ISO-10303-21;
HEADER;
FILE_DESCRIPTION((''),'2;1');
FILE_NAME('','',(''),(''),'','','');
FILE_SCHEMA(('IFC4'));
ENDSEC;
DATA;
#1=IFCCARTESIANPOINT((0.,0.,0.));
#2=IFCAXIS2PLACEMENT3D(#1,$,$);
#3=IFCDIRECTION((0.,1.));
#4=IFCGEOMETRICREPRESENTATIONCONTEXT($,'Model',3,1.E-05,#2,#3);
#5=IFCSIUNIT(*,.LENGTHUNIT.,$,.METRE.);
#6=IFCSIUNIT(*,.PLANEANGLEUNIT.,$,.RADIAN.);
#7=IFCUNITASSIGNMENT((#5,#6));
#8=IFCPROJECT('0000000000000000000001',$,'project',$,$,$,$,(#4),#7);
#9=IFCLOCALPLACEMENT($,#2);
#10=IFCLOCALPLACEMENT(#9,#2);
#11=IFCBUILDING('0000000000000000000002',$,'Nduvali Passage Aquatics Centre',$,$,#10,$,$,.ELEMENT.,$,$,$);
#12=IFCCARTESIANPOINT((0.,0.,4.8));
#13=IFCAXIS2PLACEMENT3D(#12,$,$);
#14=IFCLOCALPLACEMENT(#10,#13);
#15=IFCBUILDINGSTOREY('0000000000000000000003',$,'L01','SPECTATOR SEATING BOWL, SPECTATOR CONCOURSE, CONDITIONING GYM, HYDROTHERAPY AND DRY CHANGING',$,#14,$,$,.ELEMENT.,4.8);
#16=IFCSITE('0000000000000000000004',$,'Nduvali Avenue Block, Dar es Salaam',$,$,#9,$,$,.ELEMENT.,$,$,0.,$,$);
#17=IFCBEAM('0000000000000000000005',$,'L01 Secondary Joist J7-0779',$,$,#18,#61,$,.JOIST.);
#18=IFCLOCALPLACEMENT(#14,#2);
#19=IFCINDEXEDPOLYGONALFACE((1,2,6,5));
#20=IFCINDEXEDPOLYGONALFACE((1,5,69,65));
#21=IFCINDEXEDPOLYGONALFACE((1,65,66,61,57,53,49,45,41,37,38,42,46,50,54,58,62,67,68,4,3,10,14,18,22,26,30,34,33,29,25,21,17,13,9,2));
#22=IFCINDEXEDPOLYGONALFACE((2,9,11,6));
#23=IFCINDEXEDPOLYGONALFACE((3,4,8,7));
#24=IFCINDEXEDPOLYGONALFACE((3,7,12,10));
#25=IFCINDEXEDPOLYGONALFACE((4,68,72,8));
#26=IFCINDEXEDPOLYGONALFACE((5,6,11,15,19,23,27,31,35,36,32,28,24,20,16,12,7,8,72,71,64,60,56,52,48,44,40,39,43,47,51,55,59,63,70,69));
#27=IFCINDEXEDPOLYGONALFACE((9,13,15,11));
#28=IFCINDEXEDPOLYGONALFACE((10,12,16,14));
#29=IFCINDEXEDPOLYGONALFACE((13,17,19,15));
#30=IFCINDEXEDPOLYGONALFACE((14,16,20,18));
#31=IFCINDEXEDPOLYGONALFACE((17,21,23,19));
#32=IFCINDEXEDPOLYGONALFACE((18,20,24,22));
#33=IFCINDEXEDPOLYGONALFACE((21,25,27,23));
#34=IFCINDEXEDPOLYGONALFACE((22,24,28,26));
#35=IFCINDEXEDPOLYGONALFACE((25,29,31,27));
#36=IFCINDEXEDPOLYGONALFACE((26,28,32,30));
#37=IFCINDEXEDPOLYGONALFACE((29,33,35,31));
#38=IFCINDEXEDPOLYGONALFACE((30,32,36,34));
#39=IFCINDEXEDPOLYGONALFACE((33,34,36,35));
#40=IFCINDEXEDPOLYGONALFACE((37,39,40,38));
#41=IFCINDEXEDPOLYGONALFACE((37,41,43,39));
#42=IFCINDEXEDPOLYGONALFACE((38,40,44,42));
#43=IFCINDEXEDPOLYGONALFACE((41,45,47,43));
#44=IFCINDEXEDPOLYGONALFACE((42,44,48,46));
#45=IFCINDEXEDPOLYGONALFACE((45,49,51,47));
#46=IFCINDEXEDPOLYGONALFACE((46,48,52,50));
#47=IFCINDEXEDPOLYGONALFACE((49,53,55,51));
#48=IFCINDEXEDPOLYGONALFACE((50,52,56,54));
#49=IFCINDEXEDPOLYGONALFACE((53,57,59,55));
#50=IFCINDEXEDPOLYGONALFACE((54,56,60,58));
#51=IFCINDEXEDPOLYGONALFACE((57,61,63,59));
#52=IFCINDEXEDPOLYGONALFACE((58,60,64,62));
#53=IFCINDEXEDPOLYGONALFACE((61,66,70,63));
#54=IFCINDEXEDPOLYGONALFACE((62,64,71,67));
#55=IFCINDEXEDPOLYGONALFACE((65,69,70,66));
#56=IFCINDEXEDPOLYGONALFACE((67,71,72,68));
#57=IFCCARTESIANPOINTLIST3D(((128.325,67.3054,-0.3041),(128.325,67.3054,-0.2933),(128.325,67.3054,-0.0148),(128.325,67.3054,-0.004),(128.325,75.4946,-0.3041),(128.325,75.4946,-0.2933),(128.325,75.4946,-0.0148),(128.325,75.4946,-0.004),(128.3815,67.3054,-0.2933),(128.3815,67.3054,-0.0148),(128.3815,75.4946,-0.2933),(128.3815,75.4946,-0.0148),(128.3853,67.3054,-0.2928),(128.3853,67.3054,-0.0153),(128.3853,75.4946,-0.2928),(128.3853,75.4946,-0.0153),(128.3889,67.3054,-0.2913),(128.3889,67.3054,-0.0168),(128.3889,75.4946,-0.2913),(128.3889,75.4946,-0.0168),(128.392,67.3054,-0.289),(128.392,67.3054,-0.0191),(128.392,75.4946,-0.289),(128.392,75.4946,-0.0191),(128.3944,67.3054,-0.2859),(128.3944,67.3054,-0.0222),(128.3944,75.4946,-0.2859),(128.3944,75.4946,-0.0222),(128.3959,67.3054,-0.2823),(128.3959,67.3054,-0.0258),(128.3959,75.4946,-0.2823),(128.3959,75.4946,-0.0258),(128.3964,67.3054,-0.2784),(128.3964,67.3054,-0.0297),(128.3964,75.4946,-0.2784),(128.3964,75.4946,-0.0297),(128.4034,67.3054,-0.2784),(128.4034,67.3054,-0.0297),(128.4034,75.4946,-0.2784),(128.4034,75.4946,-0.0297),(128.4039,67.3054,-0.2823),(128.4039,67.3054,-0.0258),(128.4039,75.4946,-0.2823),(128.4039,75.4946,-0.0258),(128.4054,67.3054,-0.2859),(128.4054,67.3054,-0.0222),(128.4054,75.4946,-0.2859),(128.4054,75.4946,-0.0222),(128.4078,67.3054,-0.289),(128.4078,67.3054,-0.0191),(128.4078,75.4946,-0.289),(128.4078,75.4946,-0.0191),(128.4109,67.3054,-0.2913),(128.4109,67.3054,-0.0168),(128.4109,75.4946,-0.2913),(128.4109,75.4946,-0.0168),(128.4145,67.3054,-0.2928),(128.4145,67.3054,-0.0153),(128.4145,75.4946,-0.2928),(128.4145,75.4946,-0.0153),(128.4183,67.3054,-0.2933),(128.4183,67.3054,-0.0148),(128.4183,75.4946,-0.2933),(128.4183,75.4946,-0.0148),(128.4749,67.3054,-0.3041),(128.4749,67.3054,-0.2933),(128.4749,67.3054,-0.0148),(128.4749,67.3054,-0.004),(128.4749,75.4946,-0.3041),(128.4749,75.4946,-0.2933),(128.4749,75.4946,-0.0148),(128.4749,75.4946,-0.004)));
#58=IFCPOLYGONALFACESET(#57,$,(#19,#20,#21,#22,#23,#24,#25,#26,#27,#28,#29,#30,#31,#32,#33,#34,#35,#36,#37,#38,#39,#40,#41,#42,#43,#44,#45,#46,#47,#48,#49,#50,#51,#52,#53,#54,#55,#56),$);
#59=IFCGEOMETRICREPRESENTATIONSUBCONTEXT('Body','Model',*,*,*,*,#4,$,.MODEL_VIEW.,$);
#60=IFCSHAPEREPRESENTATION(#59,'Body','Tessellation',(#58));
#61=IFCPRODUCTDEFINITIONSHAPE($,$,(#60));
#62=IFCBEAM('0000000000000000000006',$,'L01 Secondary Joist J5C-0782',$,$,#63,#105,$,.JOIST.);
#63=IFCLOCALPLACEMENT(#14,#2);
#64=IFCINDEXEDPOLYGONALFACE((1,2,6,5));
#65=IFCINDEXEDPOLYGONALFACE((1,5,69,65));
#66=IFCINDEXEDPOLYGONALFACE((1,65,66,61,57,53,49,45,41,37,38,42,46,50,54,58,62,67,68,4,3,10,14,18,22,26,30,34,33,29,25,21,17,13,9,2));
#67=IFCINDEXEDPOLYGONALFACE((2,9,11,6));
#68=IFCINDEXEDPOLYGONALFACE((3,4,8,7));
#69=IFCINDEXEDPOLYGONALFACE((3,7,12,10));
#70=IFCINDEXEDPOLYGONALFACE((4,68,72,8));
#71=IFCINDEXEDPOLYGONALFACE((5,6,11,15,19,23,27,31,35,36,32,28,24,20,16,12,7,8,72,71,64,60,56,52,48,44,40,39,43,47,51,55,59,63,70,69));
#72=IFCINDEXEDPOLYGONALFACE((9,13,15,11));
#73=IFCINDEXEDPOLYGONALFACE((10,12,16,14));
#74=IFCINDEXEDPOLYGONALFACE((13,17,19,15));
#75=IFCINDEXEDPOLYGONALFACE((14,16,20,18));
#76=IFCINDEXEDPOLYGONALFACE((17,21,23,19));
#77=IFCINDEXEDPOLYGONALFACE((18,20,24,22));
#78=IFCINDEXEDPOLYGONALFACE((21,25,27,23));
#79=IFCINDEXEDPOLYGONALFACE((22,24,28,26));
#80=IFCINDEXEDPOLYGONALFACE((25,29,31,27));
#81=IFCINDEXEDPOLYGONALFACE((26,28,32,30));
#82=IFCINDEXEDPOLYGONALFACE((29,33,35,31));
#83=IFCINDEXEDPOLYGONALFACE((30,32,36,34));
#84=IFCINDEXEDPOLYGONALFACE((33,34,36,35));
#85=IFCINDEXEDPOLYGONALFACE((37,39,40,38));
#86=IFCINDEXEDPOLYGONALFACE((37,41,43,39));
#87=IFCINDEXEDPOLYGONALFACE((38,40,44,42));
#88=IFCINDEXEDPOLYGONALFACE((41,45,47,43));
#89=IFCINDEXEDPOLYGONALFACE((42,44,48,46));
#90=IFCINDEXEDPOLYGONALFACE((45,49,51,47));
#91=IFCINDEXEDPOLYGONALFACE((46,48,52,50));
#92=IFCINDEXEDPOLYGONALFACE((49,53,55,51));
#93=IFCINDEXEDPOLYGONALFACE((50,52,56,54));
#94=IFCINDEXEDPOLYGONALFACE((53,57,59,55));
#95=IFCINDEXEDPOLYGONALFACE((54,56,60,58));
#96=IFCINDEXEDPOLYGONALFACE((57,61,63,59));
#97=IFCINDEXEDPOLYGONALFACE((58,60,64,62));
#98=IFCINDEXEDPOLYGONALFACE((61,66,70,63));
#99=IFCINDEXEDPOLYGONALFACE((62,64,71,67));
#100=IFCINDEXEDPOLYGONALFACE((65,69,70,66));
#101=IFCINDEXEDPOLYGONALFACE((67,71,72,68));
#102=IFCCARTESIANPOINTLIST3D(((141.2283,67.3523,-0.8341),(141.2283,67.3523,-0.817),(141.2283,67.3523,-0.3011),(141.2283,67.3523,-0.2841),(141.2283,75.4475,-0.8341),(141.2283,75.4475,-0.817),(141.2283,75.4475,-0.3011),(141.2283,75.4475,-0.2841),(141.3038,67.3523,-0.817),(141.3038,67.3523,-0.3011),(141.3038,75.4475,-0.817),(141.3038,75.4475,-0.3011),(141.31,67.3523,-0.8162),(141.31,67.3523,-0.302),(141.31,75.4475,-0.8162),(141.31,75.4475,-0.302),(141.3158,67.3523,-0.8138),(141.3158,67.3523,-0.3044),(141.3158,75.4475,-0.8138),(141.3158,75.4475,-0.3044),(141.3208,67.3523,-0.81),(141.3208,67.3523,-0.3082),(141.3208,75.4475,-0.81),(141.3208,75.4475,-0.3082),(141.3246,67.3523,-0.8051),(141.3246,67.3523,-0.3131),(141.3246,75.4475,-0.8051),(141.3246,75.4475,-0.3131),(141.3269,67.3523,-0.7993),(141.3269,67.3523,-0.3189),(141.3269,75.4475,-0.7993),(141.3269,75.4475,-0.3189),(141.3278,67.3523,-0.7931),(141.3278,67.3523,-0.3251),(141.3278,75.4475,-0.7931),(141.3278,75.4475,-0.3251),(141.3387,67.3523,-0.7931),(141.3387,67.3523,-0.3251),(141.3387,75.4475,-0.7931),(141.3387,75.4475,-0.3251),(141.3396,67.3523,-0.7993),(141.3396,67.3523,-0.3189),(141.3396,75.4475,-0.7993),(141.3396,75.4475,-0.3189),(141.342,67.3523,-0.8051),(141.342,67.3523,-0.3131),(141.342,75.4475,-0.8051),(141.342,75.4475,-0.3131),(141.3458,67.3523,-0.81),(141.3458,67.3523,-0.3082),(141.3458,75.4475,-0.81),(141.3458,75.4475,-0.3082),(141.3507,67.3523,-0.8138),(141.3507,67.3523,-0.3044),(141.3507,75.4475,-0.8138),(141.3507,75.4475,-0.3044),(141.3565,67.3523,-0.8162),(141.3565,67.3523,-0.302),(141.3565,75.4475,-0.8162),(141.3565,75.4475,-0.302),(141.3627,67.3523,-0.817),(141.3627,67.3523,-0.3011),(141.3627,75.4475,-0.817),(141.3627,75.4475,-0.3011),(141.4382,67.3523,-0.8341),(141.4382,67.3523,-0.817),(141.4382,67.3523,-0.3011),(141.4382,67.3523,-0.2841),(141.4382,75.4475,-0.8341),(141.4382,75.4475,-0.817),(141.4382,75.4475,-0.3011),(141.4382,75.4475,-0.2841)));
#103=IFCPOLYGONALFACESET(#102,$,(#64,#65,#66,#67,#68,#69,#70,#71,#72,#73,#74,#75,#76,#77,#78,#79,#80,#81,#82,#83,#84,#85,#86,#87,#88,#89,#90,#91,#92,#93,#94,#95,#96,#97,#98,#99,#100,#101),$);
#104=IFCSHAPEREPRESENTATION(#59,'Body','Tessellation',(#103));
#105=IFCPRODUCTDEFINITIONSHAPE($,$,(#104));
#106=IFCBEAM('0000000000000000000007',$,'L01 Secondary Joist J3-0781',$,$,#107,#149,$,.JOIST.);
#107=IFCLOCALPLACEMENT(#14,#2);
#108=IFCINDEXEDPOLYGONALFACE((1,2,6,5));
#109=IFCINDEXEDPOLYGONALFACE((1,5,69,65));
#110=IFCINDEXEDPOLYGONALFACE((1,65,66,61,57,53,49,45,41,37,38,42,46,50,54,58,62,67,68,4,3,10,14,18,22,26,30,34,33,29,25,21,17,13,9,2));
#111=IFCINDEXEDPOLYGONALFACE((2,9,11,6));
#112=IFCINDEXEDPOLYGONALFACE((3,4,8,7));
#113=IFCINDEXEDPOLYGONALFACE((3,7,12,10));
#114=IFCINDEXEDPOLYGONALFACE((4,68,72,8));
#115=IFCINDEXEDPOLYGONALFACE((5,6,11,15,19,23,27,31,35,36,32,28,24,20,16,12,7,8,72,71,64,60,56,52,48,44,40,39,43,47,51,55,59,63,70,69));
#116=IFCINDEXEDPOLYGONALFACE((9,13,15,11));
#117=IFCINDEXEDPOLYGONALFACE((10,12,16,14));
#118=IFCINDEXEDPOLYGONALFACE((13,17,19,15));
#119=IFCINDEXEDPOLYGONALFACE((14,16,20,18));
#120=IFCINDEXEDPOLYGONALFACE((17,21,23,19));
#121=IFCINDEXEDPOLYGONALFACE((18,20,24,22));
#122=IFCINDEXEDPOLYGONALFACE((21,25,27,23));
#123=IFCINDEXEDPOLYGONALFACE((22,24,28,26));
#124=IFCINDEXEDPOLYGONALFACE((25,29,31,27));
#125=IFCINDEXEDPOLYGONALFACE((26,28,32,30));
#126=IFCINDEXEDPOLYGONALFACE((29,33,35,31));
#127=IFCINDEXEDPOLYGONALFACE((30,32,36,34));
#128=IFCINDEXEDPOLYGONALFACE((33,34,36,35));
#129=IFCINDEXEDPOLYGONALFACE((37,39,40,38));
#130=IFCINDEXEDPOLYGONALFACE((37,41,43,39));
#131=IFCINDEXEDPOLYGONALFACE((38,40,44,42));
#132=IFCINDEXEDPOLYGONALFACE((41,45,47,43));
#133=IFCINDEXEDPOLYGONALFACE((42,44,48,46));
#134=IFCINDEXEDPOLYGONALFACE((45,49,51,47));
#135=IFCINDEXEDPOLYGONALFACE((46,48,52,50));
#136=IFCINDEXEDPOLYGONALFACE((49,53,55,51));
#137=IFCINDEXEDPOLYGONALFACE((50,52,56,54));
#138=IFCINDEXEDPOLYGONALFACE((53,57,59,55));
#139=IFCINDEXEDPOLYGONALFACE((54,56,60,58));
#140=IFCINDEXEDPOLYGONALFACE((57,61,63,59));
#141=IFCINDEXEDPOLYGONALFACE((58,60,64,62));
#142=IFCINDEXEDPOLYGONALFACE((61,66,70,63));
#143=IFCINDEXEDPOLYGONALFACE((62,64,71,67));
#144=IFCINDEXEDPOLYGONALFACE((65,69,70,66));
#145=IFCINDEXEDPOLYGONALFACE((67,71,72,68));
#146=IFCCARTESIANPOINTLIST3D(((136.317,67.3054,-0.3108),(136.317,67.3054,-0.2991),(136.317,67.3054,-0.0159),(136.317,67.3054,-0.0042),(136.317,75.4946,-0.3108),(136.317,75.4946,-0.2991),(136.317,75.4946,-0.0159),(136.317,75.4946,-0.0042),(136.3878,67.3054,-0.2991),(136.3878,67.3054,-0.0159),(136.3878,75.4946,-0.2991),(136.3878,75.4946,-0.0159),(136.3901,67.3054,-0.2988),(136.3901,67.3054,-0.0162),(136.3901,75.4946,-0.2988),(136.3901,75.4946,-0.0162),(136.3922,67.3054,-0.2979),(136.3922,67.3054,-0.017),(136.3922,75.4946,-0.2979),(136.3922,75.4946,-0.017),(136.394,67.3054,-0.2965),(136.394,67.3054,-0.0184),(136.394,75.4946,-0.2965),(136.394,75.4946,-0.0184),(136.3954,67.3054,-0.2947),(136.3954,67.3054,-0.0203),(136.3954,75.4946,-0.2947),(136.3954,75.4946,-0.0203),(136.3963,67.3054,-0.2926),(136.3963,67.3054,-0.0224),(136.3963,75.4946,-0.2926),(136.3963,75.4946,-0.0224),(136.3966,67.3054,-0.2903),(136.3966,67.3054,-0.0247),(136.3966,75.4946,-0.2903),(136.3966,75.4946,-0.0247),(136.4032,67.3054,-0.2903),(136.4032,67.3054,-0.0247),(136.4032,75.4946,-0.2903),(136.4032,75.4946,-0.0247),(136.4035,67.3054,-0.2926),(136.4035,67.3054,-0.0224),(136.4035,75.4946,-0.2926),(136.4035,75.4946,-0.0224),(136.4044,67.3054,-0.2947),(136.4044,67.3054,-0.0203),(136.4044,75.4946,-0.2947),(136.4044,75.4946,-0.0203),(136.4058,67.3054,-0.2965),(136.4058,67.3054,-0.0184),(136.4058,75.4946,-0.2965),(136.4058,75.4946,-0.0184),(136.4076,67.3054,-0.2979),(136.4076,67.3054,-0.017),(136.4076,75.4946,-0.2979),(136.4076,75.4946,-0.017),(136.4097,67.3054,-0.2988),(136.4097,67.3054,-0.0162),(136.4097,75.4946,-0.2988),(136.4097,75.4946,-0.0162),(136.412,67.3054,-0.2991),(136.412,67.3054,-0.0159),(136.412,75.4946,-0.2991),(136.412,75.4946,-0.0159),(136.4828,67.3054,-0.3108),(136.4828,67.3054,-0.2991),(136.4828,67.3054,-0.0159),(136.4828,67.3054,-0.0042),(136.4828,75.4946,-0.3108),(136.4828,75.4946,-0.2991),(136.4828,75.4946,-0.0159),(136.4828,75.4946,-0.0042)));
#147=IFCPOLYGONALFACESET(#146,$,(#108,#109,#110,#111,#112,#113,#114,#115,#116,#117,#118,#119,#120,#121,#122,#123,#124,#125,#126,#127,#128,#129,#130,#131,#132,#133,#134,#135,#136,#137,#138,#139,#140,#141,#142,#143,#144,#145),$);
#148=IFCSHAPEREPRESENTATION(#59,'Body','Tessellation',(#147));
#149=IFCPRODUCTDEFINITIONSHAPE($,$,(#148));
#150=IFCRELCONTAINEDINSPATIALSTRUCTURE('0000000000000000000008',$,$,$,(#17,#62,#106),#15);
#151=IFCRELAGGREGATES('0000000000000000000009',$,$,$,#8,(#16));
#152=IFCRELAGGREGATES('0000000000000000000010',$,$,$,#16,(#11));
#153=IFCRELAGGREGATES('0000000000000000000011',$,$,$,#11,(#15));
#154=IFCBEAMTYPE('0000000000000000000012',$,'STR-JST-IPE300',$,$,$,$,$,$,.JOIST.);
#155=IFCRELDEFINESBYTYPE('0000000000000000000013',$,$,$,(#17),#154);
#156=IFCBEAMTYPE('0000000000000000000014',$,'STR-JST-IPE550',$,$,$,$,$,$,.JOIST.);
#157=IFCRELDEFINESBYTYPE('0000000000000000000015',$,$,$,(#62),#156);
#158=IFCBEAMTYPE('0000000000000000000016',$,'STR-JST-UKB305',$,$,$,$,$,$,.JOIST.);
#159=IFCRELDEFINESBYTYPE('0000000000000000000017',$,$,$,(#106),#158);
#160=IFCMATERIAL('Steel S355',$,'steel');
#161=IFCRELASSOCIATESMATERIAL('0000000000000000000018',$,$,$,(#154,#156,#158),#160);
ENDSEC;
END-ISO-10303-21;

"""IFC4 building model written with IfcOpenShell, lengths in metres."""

from ifc_helpers import new_model, si_unit, direction, frame, origin, origin_2d, place, context, subcontext, project, spatial, i_section, extrude, material, material_profile, profile_set, type_object, element, save


model = new_model("IFC4")

# Units and contexts
model_context = context("Model", 3, precision=1e-05, world=origin(), true_north=direction((0.0, 1.0)))
body_context = subcontext(model_context, "Body", "Model", "MODEL_VIEW")
ifc_project = project(units=[si_unit("LENGTHUNIT", "METRE"), si_unit("PLANEANGLEUNIT", "RADIAN")], contexts=[model_context])

# Site, building, storey
site_placement = place(None, origin())
site = spatial("IfcSite", under=ifc_project, at=site_placement, Name="Nduvali Avenue Block, Dar es Salaam", CompositionType="ELEMENT", RefElevation=0.0)
building_placement = place(site_placement, origin())
building = spatial("IfcBuilding", under=site, at=building_placement, Name="Nduvali Passage Aquatics Centre", CompositionType="ELEMENT")
storey_placement = place(building_placement, frame((0.0, 0.0, 4.8)))
storey = spatial("IfcBuildingStorey", under=building, at=storey_placement, Name="L01", Description="SPECTATOR SEATING BOWL, SPECTATOR CONCOURSE, CONDITIONING GYM, HYDROTHERAPY AND DRY CHANGING", CompositionType="ELEMENT", Elevation=4.8)

# Shared definitions
ifc_material_1 = material(Name="Steel S355", Category="steel")

# Beams
ifc_material_profile_1 = material_profile(ifc_material_1, i_section(OverallWidth=0.1499, OverallDepth=0.3, WebThickness=0.0071, FlangeThickness=0.0107, FilletRadius=0.0149, at=origin_2d()), Name="IPE 300")
ifc_profile_set_1 = profile_set([ifc_material_profile_1], Name="Steel S355")
beam_type_1 = type_object("IfcBeamType", Name="STR-JST-IPE300", PredefinedType="JOIST", material=ifc_profile_set_1)
beam_1_placement = place(storey_placement, frame((128.3999, 67.3054, -0.1541), z_axis=(0.0, 1.0, 0.0), x_axis=(-1.0, 0.0, 0.0)))
element("IfcBeam", 1, at=beam_1_placement, inside=storey, type_object=beam_type_1, Name="L01 Secondary Joist J7-0779", PredefinedType="JOIST", context=body_context, shape_type="SweptSolid", body=[
    extrude(i_section(OverallWidth=0.1499, OverallDepth=0.3, WebThickness=0.0071, FlangeThickness=0.0107, FilletRadius=0.0149, at=origin_2d()), origin(), (0.0, 0.0, 1.0), 8.1892),
])
ifc_material_profile_2 = material_profile(ifc_material_1, i_section(OverallWidth=0.21, OverallDepth=0.55, WebThickness=0.011, FlangeThickness=0.0171, FilletRadius=0.0239, at=origin_2d()), Name="IPE 550")
ifc_profile_set_2 = profile_set([ifc_material_profile_2], Name="Steel S355")
beam_type_2 = type_object("IfcBeamType", Name="STR-JST-IPE550", PredefinedType="JOIST", material=ifc_profile_set_2)
beam_2_placement = place(storey_placement, frame((141.3333, 67.3523, -0.5591), z_axis=(0.0, 1.0, 0.0), x_axis=(-1.0, 0.0, 0.0)))
element("IfcBeam", 2, at=beam_2_placement, inside=storey, type_object=beam_type_2, Name="L01 Secondary Joist J5C-0782", PredefinedType="JOIST", context=body_context, shape_type="SweptSolid", body=[
    extrude(i_section(OverallWidth=0.21, OverallDepth=0.55, WebThickness=0.011, FlangeThickness=0.0171, FilletRadius=0.0239, at=origin_2d()), origin(), (0.0, 0.0, 1.0), 8.0952),
])
ifc_material_profile_3 = material_profile(ifc_material_1, i_section(OverallWidth=0.1658, OverallDepth=0.3066, WebThickness=0.0066, FlangeThickness=0.0117, FilletRadius=0.0088, at=origin_2d()), Name="UKB 305x165x46")
ifc_profile_set_3 = profile_set([ifc_material_profile_3], Name="Steel S355")
beam_type_3 = type_object("IfcBeamType", Name="STR-JST-UKB305", PredefinedType="JOIST", material=ifc_profile_set_3)
beam_3_placement = place(storey_placement, frame((136.3999, 67.3054, -0.1575), z_axis=(0.0, 1.0, 0.0), x_axis=(-1.0, 0.0, 0.0)))
element("IfcBeam", 3, at=beam_3_placement, inside=storey, type_object=beam_type_3, Name="L01 Secondary Joist J3-0781", PredefinedType="JOIST", context=body_context, shape_type="SweptSolid", body=[
    extrude(i_section(OverallWidth=0.1658, OverallDepth=0.3066, WebThickness=0.0066, FlangeThickness=0.0117, FilletRadius=0.0088, at=origin_2d()), origin(), (0.0, 0.0, 1.0), 8.1892),
])

save(model, "model.ifc")
